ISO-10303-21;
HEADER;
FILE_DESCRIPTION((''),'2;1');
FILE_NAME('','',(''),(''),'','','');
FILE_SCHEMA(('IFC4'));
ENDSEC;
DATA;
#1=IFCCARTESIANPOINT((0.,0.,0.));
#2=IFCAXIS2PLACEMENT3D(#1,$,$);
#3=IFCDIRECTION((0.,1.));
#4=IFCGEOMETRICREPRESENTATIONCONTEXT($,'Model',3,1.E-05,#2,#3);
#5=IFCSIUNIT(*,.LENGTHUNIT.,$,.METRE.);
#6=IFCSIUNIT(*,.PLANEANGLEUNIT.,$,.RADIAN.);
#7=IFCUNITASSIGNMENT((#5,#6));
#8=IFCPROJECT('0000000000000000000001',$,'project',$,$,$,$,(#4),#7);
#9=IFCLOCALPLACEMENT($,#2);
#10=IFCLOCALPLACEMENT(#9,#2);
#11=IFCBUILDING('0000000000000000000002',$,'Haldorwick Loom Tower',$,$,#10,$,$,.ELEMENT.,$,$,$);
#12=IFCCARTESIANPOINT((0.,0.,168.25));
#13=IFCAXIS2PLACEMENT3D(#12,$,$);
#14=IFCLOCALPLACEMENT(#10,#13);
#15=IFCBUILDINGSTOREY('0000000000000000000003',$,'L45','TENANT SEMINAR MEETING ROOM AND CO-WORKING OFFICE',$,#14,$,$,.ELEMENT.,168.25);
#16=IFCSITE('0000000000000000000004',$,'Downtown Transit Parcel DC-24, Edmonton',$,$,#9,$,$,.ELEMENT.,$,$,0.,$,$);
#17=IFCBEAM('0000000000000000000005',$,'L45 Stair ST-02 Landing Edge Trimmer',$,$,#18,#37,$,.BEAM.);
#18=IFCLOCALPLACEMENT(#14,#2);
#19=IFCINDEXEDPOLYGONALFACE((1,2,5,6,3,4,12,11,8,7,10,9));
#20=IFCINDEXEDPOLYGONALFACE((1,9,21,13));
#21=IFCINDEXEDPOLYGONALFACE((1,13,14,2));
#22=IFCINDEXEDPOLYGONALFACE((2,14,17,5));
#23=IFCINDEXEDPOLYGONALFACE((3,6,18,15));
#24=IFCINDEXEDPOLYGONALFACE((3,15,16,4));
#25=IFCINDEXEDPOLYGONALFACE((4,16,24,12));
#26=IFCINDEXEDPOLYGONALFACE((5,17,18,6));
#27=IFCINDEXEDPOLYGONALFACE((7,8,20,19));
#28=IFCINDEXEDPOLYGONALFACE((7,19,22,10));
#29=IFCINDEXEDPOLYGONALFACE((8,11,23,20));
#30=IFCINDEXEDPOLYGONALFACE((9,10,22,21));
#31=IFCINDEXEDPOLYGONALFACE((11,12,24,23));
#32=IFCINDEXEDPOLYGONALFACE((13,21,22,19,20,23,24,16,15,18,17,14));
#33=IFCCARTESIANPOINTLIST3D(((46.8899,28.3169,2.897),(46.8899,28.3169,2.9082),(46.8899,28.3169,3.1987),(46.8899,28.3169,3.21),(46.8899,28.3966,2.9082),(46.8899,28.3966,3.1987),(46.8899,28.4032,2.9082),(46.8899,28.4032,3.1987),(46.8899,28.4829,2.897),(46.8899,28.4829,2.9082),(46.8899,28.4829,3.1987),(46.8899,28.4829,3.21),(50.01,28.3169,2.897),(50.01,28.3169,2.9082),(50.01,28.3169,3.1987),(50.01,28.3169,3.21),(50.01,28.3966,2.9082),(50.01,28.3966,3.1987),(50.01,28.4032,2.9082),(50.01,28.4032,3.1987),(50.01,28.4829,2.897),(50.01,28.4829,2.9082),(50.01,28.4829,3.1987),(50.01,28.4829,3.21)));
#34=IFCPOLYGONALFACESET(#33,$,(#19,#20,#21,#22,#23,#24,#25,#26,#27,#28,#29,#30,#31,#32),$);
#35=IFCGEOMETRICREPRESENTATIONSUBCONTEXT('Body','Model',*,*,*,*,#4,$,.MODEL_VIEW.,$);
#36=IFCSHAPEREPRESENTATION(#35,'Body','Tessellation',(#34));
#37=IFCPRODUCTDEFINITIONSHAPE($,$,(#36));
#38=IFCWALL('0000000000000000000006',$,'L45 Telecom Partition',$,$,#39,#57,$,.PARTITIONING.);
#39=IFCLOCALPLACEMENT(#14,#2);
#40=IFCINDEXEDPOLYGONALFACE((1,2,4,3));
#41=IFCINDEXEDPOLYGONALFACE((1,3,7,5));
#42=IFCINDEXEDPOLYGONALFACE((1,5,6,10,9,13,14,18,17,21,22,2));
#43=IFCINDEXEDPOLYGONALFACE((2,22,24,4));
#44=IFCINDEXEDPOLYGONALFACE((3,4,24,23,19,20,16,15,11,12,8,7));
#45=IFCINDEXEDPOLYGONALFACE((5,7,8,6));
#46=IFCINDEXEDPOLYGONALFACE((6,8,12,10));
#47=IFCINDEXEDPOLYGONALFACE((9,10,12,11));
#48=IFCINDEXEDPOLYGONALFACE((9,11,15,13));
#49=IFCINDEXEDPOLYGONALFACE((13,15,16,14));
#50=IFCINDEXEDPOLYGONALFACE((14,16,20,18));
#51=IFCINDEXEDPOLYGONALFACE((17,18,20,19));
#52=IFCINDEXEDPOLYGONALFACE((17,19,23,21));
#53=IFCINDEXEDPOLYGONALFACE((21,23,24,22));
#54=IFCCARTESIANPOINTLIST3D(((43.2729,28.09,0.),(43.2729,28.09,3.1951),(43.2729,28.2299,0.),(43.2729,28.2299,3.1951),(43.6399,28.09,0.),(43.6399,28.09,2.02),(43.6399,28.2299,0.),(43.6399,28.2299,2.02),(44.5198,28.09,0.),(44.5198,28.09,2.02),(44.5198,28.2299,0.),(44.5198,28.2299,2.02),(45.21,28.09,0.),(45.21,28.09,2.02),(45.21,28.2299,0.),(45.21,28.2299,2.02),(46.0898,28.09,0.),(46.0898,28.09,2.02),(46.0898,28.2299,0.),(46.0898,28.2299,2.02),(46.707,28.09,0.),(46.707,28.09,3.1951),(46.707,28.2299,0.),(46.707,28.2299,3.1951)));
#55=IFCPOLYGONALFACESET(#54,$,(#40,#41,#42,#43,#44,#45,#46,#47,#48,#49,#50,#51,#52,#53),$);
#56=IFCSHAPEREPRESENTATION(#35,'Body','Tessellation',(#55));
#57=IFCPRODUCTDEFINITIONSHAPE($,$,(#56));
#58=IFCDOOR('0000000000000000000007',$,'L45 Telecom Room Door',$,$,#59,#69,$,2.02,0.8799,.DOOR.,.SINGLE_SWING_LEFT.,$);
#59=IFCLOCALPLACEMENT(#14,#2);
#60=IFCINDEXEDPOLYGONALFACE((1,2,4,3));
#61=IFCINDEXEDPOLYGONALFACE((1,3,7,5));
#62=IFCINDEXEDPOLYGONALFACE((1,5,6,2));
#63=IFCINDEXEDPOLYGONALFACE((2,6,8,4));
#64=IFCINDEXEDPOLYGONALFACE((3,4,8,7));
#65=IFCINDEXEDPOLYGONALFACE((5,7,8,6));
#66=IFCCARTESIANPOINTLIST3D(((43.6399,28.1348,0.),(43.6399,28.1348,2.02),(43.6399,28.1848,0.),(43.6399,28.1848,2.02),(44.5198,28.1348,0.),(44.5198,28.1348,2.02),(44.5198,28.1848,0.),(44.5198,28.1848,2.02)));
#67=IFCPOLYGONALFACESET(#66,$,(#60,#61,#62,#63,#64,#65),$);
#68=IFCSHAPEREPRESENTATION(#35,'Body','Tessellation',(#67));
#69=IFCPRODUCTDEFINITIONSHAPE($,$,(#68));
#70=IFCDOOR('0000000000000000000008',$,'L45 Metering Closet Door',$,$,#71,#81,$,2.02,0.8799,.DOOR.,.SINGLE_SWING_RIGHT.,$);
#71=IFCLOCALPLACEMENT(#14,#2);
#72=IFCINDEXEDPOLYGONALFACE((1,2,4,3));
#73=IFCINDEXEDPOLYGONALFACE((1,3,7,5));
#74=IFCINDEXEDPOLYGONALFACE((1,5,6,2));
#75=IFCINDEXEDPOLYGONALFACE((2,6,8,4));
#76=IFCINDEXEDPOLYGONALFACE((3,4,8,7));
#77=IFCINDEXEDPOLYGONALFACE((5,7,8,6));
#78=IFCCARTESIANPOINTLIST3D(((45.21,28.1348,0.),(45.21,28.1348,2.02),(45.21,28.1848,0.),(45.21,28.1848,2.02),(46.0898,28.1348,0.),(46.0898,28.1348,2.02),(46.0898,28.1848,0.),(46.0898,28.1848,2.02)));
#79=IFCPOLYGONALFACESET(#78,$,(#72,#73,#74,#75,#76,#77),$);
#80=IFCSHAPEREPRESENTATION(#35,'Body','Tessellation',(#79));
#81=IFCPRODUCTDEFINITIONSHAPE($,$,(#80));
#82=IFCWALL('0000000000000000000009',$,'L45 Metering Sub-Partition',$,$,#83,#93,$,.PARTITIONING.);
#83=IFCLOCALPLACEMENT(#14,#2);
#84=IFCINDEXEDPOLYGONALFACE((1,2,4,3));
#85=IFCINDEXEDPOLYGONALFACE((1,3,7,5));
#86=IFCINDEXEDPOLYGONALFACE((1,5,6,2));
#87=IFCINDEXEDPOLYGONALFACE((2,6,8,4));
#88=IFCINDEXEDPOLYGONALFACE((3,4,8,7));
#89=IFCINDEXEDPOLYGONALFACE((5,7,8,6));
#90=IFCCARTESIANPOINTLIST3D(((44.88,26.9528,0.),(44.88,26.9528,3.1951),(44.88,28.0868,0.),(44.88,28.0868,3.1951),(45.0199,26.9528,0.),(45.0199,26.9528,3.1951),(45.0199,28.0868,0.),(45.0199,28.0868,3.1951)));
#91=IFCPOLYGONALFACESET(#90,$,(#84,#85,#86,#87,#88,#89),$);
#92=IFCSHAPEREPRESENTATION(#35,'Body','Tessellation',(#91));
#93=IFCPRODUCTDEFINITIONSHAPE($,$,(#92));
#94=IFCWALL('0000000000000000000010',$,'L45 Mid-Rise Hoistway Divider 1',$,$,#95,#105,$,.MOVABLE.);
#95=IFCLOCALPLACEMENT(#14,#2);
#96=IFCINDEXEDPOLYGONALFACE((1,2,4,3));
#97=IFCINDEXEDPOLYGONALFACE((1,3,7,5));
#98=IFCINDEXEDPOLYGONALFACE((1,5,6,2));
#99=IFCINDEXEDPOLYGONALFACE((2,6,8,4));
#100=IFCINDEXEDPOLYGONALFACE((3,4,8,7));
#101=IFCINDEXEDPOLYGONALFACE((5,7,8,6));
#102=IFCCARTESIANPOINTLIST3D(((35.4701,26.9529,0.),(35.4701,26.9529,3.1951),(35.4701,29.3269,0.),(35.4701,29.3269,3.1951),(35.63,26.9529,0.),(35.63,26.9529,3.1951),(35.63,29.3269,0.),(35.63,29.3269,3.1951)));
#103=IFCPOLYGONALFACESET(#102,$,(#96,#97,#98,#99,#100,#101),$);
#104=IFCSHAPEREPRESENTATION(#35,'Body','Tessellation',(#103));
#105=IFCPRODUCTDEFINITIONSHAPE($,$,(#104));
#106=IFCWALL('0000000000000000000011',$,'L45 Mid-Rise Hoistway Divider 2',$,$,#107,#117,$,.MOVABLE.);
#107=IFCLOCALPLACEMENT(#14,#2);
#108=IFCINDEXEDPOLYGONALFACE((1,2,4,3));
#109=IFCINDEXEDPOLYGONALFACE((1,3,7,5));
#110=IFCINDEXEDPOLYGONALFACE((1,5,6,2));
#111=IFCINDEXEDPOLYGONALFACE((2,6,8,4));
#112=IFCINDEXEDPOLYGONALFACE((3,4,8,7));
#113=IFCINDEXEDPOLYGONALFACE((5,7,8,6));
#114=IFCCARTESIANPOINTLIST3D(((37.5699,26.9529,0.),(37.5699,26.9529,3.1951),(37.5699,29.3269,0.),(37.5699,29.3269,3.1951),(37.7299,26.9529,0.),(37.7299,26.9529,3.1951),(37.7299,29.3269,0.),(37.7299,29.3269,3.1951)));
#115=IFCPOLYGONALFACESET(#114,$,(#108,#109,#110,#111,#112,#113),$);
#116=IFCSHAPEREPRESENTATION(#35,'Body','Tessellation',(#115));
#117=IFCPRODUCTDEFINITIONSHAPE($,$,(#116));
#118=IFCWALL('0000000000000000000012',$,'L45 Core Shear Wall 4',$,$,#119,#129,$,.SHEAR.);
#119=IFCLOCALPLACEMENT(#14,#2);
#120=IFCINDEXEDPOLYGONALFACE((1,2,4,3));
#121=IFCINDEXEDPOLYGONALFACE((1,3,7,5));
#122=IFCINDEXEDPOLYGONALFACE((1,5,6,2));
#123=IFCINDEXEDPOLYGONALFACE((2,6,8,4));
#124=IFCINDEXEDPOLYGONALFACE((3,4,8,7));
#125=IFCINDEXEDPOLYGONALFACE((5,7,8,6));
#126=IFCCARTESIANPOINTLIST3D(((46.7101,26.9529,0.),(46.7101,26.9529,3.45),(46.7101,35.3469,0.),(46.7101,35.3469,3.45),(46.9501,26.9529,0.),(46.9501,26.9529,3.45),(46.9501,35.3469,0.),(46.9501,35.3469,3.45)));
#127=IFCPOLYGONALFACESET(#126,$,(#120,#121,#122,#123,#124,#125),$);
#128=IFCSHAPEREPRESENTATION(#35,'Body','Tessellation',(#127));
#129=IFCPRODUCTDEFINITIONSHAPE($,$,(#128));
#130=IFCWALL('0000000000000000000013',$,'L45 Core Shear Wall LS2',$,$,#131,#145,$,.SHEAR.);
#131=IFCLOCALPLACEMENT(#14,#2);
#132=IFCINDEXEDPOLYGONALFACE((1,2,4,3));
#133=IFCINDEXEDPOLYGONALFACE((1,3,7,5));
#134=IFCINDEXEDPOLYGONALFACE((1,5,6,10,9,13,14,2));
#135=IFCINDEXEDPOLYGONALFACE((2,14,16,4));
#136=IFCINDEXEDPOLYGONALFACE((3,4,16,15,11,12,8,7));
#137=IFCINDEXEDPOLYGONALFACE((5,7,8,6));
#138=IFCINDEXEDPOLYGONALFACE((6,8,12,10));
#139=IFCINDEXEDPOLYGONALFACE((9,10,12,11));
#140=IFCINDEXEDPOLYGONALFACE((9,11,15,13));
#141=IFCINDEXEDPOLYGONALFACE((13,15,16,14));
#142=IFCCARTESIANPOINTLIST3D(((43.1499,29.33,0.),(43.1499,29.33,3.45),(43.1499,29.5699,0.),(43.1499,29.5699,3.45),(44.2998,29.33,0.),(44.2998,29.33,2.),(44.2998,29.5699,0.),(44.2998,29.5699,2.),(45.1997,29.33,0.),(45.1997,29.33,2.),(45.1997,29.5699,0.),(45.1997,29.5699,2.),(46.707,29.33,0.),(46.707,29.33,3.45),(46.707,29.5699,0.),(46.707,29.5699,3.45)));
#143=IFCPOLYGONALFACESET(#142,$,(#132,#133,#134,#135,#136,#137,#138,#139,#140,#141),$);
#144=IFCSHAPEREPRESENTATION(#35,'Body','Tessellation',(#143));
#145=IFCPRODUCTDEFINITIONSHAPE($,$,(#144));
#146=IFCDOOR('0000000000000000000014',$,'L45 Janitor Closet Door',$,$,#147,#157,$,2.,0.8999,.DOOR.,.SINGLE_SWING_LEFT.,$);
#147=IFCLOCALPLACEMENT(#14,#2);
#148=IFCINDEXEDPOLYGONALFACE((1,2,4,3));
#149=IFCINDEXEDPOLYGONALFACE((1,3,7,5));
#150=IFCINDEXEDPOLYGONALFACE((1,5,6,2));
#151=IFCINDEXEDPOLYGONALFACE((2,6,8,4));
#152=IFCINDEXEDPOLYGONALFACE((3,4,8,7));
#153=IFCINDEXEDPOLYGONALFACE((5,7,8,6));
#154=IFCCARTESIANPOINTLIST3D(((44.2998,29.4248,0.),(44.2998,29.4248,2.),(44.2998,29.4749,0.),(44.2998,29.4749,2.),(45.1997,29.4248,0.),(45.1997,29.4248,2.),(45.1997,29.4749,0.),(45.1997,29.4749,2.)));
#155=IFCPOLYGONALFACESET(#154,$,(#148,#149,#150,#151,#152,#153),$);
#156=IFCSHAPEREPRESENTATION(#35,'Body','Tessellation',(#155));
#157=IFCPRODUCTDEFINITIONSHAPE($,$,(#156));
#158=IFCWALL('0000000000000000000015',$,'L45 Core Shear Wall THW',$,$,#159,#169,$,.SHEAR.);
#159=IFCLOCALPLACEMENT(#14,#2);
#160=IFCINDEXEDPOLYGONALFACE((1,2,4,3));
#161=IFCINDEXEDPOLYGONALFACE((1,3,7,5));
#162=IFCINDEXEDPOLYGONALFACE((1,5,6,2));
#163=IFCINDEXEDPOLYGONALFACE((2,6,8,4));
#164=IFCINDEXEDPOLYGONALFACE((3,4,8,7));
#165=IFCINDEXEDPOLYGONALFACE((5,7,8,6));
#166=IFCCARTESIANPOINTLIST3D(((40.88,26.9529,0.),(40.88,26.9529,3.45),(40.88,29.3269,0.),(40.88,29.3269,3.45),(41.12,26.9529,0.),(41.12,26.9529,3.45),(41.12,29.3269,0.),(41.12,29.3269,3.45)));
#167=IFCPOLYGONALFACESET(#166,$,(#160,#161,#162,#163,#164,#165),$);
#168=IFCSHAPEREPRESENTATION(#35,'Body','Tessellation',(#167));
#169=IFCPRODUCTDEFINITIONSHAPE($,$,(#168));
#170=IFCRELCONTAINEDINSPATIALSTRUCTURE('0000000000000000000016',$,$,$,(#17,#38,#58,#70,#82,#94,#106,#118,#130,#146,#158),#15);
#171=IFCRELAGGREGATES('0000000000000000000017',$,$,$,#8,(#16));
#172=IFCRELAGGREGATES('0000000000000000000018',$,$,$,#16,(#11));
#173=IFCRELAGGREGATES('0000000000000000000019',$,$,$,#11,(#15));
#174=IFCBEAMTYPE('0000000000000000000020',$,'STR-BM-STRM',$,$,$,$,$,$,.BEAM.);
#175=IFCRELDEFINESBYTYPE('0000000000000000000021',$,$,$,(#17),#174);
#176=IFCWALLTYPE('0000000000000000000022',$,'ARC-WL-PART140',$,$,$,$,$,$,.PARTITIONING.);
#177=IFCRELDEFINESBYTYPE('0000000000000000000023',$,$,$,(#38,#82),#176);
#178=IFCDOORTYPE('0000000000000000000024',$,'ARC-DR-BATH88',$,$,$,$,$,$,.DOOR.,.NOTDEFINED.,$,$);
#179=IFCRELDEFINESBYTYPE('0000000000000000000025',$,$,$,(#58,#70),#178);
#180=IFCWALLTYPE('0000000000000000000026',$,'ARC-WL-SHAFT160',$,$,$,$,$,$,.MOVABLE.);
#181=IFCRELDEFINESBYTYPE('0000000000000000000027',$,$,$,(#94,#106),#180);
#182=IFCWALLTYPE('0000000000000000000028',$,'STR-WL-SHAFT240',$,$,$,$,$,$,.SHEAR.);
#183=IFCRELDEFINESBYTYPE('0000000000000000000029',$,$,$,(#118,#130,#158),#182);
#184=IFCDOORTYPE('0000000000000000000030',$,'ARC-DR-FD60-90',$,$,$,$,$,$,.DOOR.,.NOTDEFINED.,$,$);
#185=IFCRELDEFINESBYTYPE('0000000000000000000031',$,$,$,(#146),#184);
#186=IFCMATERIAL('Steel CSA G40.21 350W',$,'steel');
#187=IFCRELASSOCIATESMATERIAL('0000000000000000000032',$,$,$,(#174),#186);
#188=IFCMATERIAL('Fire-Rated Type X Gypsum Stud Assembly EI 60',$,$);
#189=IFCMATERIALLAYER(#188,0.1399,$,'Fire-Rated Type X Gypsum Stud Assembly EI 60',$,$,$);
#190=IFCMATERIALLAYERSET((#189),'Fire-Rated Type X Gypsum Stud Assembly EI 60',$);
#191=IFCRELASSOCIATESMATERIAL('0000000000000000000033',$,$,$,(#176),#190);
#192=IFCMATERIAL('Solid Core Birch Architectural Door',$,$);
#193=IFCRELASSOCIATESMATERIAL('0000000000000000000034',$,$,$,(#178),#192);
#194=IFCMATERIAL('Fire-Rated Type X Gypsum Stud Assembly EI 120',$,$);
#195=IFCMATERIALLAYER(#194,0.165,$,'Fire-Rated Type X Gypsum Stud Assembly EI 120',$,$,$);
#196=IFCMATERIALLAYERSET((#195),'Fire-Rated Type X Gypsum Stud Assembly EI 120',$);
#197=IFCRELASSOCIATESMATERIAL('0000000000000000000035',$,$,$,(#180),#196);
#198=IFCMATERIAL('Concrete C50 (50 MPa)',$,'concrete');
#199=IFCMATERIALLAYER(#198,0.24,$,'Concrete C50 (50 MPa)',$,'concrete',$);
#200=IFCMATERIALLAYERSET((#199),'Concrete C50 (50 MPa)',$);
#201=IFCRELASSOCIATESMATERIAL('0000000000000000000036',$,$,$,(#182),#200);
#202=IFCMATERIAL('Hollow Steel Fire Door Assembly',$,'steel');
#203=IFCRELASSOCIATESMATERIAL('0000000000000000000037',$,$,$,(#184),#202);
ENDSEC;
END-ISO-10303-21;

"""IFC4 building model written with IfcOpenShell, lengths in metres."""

from ifc_helpers import new_model, si_unit, direction, frame, frame_2d, origin, origin_2d, place, context, subcontext, project, spatial, rectangle, i_section, extrude, material, layer, layer_set, material_profile, profile_set, type_object, element, fill, save


model = new_model("IFC4")

# Units and contexts
model_context = context("Model", 3, precision=1e-05, world=origin(), true_north=direction((0.0, 1.0)))
body_context = subcontext(model_context, "Body", "Model", "MODEL_VIEW")
ifc_project = project(units=[si_unit("LENGTHUNIT", "METRE"), si_unit("PLANEANGLEUNIT", "RADIAN")], contexts=[model_context])

# Site, building, storey
site_placement = place(None, origin())
site = spatial("IfcSite", under=ifc_project, at=site_placement, Name="Downtown Transit Parcel DC-24, Edmonton", CompositionType="ELEMENT", RefElevation=0.0)
building_placement = place(site_placement, origin())
building = spatial("IfcBuilding", under=site, at=building_placement, Name="Haldorwick Loom Tower", CompositionType="ELEMENT")
storey_placement = place(building_placement, frame((0.0, 0.0, 168.25)))
storey = spatial("IfcBuildingStorey", under=building, at=storey_placement, Name="L45", Description="TENANT SEMINAR MEETING ROOM AND CO-WORKING OFFICE", CompositionType="ELEMENT", Elevation=168.25)

# Shared definitions
ifc_material_1 = material(Name="Steel CSA G40.21 350W", Category="steel")

# Beam
ifc_material_profile_1 = material_profile(ifc_material_1, i_section(OverallWidth=0.166, OverallDepth=0.313, WebThickness=0.0066, FlangeThickness=0.0112, at=origin_2d()), Name="W310X45", Category="steel")
ifc_profile_set_1 = profile_set([ifc_material_profile_1], Name="Steel CSA G40.21 350W")
beam_type_1 = type_object("IfcBeamType", Name="STR-BM-STRM", PredefinedType="BEAM", material=ifc_profile_set_1)
beam_1_placement = place(storey_placement, frame((46.8899, 28.3999, 3.0535), z_axis=(1.0, 0.0, 0.0), x_axis=(0.0, 1.0, 0.0)))
element("IfcBeam", 1, at=beam_1_placement, inside=storey, type_object=beam_type_1, Name="L45 Stair ST-02 Landing Edge Trimmer", PredefinedType="BEAM", context=body_context, shape_type="SweptSolid", body=[
    extrude(i_section(OverallWidth=0.166, OverallDepth=0.313, WebThickness=0.0066, FlangeThickness=0.0112, at=origin_2d()), origin(), (0.0, 0.0, 1.0), 3.1201),
])

# Wall, openings, doors
ifc_material_2 = material(Name="Fire-Rated Type X Gypsum Stud Assembly EI 60")
ifc_layer_1 = layer(ifc_material_2, 0.1399, Name="Fire-Rated Type X Gypsum Stud Assembly EI 60")
ifc_layer_set_1 = layer_set([ifc_layer_1], Name="Fire-Rated Type X Gypsum Stud Assembly EI 60")
wall_type_1 = type_object("IfcWallType", Name="ARC-WL-PART140", PredefinedType="PARTITIONING", material=ifc_layer_set_1)
wall_1_placement = place(storey_placement, frame((43.2729, 28.1599, 0.0), z_axis=(0.0, 0.0, 1.0), x_axis=(1.0, 0.0, 0.0)))
wall_1 = element("IfcWall", 2, at=wall_1_placement, inside=storey, type_object=wall_type_1, Name="L45 Telecom Partition", PredefinedType="PARTITIONING", context=body_context, shape_type="SweptSolid", body=[
    extrude(rectangle(XDim=3.4341, YDim=0.1399, at=frame_2d((1.717, 0.0))), origin(), (0.0, 0.0, 1.0), 3.1951),
])
opening_1_placement = place(wall_1_placement, frame((0.3669, 0.0, 0.0)))
opening_1 = element("IfcOpeningElement", 3, at=opening_1_placement, cuts=wall_1, PredefinedType="OPENING", context=body_context, shape_type="SweptSolid", body=[
    extrude(rectangle(XDim=0.8799, YDim=2.02, at=frame_2d((0.4399, 1.01))), frame((0.0, 0.0798, 0.0), z_axis=(0.0, -1.0, 0.0), x_axis=(1.0, 0.0, 0.0)), (0.0, 0.0, 1.0), 0.1599),
])
opening_2_placement = place(wall_1_placement, frame((1.937, 0.0, 0.0)))
opening_2 = element("IfcOpeningElement", 4, at=opening_2_placement, cuts=wall_1, PredefinedType="OPENING", context=body_context, shape_type="SweptSolid", body=[
    extrude(rectangle(XDim=0.8799, YDim=2.02, at=frame_2d((0.4399, 1.01))), frame((0.0, 0.0798, 0.0), z_axis=(0.0, -1.0, 0.0), x_axis=(1.0, 0.0, 0.0)), (0.0, 0.0, 1.0), 0.1599),
])
ifc_material_3 = material(Name="Solid Core Birch Architectural Door")
door_type_1 = type_object("IfcDoorType", Name="ARC-DR-BATH88", OperationType="NOTDEFINED", PredefinedType="DOOR", material=ifc_material_3)
door_1_placement = place(opening_1_placement, origin())
door_1 = element("IfcDoor", 5, at=door_1_placement, inside=storey, type_object=door_type_1, Name="L45 Telecom Room Door", OperationType="SINGLE_SWING_LEFT", OverallHeight=2.02, OverallWidth=0.8799, PredefinedType="DOOR", context=body_context, shape_type="SweptSolid", body=[
    extrude(rectangle(XDim=0.8799, YDim=2.02, at=frame_2d((0.4399, 1.01))), frame((0.0, 0.0249, 0.0), z_axis=(0.0, -1.0, 0.0), x_axis=(1.0, 0.0, 0.0)), (0.0, 0.0, 1.0), 0.05),
])
fill(opening_1, door_1)
door_2_placement = place(opening_2_placement, origin())
door_2 = element("IfcDoor", 6, at=door_2_placement, inside=storey, type_object=door_type_1, Name="L45 Metering Closet Door", OperationType="SINGLE_SWING_RIGHT", OverallHeight=2.02, OverallWidth=0.8799, PredefinedType="DOOR", context=body_context, shape_type="SweptSolid", body=[
    extrude(rectangle(XDim=0.8799, YDim=2.02, at=frame_2d((0.4399, 1.01))), frame((0.0, 0.0249, 0.0), z_axis=(0.0, -1.0, 0.0), x_axis=(1.0, 0.0, 0.0)), (0.0, 0.0, 1.0), 0.05),
])
fill(opening_2, door_2)

# Walls
wall_2_placement = place(storey_placement, frame((44.95, 26.9529, 0.0), z_axis=(0.0, 0.0, 1.0), x_axis=(0.0, 1.0, 0.0)))
element("IfcWall", 7, at=wall_2_placement, inside=storey, type_object=wall_type_1, Name="L45 Metering Sub-Partition", PredefinedType="PARTITIONING", context=body_context, shape_type="SweptSolid", body=[
    extrude(rectangle(XDim=1.134, YDim=0.1399, at=frame_2d((0.5669, 0.0))), origin(), (0.0, 0.0, 1.0), 3.1951),
])
ifc_material_4 = material(Name="Fire-Rated Type X Gypsum Stud Assembly EI 120")
ifc_layer_2 = layer(ifc_material_4, 0.165, Name="Fire-Rated Type X Gypsum Stud Assembly EI 120")
ifc_layer_set_2 = layer_set([ifc_layer_2], Name="Fire-Rated Type X Gypsum Stud Assembly EI 120")
wall_type_2 = type_object("IfcWallType", Name="ARC-WL-SHAFT160", PredefinedType="MOVABLE", material=ifc_layer_set_2)
for number, where, z_axis, x_axis, name in (
    (8, (35.55, 26.9529, 0.0), (0.0, 0.0, 1.0), (0.0, 1.0, 0.0), "L45 Mid-Rise Hoistway Divider 1"),
    (9, (37.6499, 26.9529, 0.0), (0.0, 0.0, 1.0), (0.0, 1.0, 0.0), "L45 Mid-Rise Hoistway Divider 2"),
):
    element("IfcWall", number, at=place(storey_placement, frame(where, z_axis=z_axis, x_axis=x_axis)), inside=storey, type_object=wall_type_2, Name=name, PredefinedType="MOVABLE", context=body_context, shape_type="SweptSolid", body=[
        extrude(rectangle(XDim=2.374, YDim=0.1599, at=frame_2d((1.187, 0.0))), origin(), (0.0, 0.0, 1.0), 3.1951),
    ])
ifc_material_5 = material(Name="Concrete C50 (50 MPa)", Category="concrete")
ifc_layer_3 = layer(ifc_material_5, 0.24, Name="Concrete C50 (50 MPa)", Category="concrete")
ifc_layer_set_3 = layer_set([ifc_layer_3], Name="Concrete C50 (50 MPa)")
wall_type_3 = type_object("IfcWallType", Name="STR-WL-SHAFT240", PredefinedType="SHEAR", material=ifc_layer_set_3)
wall_3_placement = place(storey_placement, frame((46.8301, 26.9529, 0.0), z_axis=(0.0, 0.0, 1.0), x_axis=(0.0, 1.0, 0.0)))
element("IfcWall", 10, at=wall_3_placement, inside=storey, type_object=wall_type_3, Name="L45 Core Shear Wall 4", PredefinedType="SHEAR", context=body_context, shape_type="SweptSolid", body=[
    extrude(rectangle(XDim=8.394, YDim=0.24, at=frame_2d((4.197, 0.0))), origin(), (0.0, 0.0, 1.0), 3.45),
])

# Wall, opening, door
wall_4_placement = place(storey_placement, frame((43.1499, 29.45, 0.0), z_axis=(0.0, 0.0, 1.0), x_axis=(1.0, 0.0, 0.0)))
wall_4 = element("IfcWall", 11, at=wall_4_placement, inside=storey, type_object=wall_type_3, Name="L45 Core Shear Wall LS2", PredefinedType="SHEAR", context=body_context, shape_type="SweptSolid", body=[
    extrude(rectangle(XDim=3.5571, YDim=0.24, at=frame_2d((1.7786, 0.0))), origin(), (0.0, 0.0, 1.0), 3.45),
])
opening_3_placement = place(wall_4_placement, frame((1.1499, 0.0, 0.0)))
opening_3 = element("IfcOpeningElement", 12, at=opening_3_placement, cuts=wall_4, PredefinedType="OPENING", context=body_context, shape_type="SweptSolid", body=[
    extrude(rectangle(XDim=0.8999, YDim=2.0, at=frame_2d((0.45, 1.0))), frame((0.0, 0.1299, 0.0), z_axis=(0.0, -1.0, 0.0), x_axis=(1.0, 0.0, 0.0)), (0.0, 0.0, 1.0), 0.26),
])
ifc_material_6 = material(Name="Hollow Steel Fire Door Assembly", Category="steel")
door_type_2 = type_object("IfcDoorType", Name="ARC-DR-FD60-90", OperationType="NOTDEFINED", PredefinedType="DOOR", material=ifc_material_6)
door_3_placement = place(opening_3_placement, origin())
door_3 = element("IfcDoor", 13, at=door_3_placement, inside=storey, type_object=door_type_2, Name="L45 Janitor Closet Door", OperationType="SINGLE_SWING_LEFT", OverallHeight=2.0, OverallWidth=0.8999, PredefinedType="DOOR", context=body_context, shape_type="SweptSolid", body=[
    extrude(rectangle(XDim=0.8999, YDim=2.0, at=frame_2d((0.45, 1.0))), frame((0.0, 0.0249, 0.0), z_axis=(0.0, -1.0, 0.0), x_axis=(1.0, 0.0, 0.0)), (0.0, 0.0, 1.0), 0.05),
])
fill(opening_3, door_3)

# Wall
for number, where, z_axis, x_axis, name in (
    (14, (41.0, 26.9529, 0.0), (0.0, 0.0, 1.0), (0.0, 1.0, 0.0), "L45 Core Shear Wall THW"),
):
    element("IfcWall", number, at=place(storey_placement, frame(where, z_axis=z_axis, x_axis=x_axis)), inside=storey, type_object=wall_type_3, Name=name, PredefinedType="SHEAR", context=body_context, shape_type="SweptSolid", body=[
        extrude(rectangle(XDim=2.374, YDim=0.24, at=frame_2d((1.187, 0.0))), origin(), (0.0, 0.0, 1.0), 3.45),
    ])

save(model, "model.ifc")
